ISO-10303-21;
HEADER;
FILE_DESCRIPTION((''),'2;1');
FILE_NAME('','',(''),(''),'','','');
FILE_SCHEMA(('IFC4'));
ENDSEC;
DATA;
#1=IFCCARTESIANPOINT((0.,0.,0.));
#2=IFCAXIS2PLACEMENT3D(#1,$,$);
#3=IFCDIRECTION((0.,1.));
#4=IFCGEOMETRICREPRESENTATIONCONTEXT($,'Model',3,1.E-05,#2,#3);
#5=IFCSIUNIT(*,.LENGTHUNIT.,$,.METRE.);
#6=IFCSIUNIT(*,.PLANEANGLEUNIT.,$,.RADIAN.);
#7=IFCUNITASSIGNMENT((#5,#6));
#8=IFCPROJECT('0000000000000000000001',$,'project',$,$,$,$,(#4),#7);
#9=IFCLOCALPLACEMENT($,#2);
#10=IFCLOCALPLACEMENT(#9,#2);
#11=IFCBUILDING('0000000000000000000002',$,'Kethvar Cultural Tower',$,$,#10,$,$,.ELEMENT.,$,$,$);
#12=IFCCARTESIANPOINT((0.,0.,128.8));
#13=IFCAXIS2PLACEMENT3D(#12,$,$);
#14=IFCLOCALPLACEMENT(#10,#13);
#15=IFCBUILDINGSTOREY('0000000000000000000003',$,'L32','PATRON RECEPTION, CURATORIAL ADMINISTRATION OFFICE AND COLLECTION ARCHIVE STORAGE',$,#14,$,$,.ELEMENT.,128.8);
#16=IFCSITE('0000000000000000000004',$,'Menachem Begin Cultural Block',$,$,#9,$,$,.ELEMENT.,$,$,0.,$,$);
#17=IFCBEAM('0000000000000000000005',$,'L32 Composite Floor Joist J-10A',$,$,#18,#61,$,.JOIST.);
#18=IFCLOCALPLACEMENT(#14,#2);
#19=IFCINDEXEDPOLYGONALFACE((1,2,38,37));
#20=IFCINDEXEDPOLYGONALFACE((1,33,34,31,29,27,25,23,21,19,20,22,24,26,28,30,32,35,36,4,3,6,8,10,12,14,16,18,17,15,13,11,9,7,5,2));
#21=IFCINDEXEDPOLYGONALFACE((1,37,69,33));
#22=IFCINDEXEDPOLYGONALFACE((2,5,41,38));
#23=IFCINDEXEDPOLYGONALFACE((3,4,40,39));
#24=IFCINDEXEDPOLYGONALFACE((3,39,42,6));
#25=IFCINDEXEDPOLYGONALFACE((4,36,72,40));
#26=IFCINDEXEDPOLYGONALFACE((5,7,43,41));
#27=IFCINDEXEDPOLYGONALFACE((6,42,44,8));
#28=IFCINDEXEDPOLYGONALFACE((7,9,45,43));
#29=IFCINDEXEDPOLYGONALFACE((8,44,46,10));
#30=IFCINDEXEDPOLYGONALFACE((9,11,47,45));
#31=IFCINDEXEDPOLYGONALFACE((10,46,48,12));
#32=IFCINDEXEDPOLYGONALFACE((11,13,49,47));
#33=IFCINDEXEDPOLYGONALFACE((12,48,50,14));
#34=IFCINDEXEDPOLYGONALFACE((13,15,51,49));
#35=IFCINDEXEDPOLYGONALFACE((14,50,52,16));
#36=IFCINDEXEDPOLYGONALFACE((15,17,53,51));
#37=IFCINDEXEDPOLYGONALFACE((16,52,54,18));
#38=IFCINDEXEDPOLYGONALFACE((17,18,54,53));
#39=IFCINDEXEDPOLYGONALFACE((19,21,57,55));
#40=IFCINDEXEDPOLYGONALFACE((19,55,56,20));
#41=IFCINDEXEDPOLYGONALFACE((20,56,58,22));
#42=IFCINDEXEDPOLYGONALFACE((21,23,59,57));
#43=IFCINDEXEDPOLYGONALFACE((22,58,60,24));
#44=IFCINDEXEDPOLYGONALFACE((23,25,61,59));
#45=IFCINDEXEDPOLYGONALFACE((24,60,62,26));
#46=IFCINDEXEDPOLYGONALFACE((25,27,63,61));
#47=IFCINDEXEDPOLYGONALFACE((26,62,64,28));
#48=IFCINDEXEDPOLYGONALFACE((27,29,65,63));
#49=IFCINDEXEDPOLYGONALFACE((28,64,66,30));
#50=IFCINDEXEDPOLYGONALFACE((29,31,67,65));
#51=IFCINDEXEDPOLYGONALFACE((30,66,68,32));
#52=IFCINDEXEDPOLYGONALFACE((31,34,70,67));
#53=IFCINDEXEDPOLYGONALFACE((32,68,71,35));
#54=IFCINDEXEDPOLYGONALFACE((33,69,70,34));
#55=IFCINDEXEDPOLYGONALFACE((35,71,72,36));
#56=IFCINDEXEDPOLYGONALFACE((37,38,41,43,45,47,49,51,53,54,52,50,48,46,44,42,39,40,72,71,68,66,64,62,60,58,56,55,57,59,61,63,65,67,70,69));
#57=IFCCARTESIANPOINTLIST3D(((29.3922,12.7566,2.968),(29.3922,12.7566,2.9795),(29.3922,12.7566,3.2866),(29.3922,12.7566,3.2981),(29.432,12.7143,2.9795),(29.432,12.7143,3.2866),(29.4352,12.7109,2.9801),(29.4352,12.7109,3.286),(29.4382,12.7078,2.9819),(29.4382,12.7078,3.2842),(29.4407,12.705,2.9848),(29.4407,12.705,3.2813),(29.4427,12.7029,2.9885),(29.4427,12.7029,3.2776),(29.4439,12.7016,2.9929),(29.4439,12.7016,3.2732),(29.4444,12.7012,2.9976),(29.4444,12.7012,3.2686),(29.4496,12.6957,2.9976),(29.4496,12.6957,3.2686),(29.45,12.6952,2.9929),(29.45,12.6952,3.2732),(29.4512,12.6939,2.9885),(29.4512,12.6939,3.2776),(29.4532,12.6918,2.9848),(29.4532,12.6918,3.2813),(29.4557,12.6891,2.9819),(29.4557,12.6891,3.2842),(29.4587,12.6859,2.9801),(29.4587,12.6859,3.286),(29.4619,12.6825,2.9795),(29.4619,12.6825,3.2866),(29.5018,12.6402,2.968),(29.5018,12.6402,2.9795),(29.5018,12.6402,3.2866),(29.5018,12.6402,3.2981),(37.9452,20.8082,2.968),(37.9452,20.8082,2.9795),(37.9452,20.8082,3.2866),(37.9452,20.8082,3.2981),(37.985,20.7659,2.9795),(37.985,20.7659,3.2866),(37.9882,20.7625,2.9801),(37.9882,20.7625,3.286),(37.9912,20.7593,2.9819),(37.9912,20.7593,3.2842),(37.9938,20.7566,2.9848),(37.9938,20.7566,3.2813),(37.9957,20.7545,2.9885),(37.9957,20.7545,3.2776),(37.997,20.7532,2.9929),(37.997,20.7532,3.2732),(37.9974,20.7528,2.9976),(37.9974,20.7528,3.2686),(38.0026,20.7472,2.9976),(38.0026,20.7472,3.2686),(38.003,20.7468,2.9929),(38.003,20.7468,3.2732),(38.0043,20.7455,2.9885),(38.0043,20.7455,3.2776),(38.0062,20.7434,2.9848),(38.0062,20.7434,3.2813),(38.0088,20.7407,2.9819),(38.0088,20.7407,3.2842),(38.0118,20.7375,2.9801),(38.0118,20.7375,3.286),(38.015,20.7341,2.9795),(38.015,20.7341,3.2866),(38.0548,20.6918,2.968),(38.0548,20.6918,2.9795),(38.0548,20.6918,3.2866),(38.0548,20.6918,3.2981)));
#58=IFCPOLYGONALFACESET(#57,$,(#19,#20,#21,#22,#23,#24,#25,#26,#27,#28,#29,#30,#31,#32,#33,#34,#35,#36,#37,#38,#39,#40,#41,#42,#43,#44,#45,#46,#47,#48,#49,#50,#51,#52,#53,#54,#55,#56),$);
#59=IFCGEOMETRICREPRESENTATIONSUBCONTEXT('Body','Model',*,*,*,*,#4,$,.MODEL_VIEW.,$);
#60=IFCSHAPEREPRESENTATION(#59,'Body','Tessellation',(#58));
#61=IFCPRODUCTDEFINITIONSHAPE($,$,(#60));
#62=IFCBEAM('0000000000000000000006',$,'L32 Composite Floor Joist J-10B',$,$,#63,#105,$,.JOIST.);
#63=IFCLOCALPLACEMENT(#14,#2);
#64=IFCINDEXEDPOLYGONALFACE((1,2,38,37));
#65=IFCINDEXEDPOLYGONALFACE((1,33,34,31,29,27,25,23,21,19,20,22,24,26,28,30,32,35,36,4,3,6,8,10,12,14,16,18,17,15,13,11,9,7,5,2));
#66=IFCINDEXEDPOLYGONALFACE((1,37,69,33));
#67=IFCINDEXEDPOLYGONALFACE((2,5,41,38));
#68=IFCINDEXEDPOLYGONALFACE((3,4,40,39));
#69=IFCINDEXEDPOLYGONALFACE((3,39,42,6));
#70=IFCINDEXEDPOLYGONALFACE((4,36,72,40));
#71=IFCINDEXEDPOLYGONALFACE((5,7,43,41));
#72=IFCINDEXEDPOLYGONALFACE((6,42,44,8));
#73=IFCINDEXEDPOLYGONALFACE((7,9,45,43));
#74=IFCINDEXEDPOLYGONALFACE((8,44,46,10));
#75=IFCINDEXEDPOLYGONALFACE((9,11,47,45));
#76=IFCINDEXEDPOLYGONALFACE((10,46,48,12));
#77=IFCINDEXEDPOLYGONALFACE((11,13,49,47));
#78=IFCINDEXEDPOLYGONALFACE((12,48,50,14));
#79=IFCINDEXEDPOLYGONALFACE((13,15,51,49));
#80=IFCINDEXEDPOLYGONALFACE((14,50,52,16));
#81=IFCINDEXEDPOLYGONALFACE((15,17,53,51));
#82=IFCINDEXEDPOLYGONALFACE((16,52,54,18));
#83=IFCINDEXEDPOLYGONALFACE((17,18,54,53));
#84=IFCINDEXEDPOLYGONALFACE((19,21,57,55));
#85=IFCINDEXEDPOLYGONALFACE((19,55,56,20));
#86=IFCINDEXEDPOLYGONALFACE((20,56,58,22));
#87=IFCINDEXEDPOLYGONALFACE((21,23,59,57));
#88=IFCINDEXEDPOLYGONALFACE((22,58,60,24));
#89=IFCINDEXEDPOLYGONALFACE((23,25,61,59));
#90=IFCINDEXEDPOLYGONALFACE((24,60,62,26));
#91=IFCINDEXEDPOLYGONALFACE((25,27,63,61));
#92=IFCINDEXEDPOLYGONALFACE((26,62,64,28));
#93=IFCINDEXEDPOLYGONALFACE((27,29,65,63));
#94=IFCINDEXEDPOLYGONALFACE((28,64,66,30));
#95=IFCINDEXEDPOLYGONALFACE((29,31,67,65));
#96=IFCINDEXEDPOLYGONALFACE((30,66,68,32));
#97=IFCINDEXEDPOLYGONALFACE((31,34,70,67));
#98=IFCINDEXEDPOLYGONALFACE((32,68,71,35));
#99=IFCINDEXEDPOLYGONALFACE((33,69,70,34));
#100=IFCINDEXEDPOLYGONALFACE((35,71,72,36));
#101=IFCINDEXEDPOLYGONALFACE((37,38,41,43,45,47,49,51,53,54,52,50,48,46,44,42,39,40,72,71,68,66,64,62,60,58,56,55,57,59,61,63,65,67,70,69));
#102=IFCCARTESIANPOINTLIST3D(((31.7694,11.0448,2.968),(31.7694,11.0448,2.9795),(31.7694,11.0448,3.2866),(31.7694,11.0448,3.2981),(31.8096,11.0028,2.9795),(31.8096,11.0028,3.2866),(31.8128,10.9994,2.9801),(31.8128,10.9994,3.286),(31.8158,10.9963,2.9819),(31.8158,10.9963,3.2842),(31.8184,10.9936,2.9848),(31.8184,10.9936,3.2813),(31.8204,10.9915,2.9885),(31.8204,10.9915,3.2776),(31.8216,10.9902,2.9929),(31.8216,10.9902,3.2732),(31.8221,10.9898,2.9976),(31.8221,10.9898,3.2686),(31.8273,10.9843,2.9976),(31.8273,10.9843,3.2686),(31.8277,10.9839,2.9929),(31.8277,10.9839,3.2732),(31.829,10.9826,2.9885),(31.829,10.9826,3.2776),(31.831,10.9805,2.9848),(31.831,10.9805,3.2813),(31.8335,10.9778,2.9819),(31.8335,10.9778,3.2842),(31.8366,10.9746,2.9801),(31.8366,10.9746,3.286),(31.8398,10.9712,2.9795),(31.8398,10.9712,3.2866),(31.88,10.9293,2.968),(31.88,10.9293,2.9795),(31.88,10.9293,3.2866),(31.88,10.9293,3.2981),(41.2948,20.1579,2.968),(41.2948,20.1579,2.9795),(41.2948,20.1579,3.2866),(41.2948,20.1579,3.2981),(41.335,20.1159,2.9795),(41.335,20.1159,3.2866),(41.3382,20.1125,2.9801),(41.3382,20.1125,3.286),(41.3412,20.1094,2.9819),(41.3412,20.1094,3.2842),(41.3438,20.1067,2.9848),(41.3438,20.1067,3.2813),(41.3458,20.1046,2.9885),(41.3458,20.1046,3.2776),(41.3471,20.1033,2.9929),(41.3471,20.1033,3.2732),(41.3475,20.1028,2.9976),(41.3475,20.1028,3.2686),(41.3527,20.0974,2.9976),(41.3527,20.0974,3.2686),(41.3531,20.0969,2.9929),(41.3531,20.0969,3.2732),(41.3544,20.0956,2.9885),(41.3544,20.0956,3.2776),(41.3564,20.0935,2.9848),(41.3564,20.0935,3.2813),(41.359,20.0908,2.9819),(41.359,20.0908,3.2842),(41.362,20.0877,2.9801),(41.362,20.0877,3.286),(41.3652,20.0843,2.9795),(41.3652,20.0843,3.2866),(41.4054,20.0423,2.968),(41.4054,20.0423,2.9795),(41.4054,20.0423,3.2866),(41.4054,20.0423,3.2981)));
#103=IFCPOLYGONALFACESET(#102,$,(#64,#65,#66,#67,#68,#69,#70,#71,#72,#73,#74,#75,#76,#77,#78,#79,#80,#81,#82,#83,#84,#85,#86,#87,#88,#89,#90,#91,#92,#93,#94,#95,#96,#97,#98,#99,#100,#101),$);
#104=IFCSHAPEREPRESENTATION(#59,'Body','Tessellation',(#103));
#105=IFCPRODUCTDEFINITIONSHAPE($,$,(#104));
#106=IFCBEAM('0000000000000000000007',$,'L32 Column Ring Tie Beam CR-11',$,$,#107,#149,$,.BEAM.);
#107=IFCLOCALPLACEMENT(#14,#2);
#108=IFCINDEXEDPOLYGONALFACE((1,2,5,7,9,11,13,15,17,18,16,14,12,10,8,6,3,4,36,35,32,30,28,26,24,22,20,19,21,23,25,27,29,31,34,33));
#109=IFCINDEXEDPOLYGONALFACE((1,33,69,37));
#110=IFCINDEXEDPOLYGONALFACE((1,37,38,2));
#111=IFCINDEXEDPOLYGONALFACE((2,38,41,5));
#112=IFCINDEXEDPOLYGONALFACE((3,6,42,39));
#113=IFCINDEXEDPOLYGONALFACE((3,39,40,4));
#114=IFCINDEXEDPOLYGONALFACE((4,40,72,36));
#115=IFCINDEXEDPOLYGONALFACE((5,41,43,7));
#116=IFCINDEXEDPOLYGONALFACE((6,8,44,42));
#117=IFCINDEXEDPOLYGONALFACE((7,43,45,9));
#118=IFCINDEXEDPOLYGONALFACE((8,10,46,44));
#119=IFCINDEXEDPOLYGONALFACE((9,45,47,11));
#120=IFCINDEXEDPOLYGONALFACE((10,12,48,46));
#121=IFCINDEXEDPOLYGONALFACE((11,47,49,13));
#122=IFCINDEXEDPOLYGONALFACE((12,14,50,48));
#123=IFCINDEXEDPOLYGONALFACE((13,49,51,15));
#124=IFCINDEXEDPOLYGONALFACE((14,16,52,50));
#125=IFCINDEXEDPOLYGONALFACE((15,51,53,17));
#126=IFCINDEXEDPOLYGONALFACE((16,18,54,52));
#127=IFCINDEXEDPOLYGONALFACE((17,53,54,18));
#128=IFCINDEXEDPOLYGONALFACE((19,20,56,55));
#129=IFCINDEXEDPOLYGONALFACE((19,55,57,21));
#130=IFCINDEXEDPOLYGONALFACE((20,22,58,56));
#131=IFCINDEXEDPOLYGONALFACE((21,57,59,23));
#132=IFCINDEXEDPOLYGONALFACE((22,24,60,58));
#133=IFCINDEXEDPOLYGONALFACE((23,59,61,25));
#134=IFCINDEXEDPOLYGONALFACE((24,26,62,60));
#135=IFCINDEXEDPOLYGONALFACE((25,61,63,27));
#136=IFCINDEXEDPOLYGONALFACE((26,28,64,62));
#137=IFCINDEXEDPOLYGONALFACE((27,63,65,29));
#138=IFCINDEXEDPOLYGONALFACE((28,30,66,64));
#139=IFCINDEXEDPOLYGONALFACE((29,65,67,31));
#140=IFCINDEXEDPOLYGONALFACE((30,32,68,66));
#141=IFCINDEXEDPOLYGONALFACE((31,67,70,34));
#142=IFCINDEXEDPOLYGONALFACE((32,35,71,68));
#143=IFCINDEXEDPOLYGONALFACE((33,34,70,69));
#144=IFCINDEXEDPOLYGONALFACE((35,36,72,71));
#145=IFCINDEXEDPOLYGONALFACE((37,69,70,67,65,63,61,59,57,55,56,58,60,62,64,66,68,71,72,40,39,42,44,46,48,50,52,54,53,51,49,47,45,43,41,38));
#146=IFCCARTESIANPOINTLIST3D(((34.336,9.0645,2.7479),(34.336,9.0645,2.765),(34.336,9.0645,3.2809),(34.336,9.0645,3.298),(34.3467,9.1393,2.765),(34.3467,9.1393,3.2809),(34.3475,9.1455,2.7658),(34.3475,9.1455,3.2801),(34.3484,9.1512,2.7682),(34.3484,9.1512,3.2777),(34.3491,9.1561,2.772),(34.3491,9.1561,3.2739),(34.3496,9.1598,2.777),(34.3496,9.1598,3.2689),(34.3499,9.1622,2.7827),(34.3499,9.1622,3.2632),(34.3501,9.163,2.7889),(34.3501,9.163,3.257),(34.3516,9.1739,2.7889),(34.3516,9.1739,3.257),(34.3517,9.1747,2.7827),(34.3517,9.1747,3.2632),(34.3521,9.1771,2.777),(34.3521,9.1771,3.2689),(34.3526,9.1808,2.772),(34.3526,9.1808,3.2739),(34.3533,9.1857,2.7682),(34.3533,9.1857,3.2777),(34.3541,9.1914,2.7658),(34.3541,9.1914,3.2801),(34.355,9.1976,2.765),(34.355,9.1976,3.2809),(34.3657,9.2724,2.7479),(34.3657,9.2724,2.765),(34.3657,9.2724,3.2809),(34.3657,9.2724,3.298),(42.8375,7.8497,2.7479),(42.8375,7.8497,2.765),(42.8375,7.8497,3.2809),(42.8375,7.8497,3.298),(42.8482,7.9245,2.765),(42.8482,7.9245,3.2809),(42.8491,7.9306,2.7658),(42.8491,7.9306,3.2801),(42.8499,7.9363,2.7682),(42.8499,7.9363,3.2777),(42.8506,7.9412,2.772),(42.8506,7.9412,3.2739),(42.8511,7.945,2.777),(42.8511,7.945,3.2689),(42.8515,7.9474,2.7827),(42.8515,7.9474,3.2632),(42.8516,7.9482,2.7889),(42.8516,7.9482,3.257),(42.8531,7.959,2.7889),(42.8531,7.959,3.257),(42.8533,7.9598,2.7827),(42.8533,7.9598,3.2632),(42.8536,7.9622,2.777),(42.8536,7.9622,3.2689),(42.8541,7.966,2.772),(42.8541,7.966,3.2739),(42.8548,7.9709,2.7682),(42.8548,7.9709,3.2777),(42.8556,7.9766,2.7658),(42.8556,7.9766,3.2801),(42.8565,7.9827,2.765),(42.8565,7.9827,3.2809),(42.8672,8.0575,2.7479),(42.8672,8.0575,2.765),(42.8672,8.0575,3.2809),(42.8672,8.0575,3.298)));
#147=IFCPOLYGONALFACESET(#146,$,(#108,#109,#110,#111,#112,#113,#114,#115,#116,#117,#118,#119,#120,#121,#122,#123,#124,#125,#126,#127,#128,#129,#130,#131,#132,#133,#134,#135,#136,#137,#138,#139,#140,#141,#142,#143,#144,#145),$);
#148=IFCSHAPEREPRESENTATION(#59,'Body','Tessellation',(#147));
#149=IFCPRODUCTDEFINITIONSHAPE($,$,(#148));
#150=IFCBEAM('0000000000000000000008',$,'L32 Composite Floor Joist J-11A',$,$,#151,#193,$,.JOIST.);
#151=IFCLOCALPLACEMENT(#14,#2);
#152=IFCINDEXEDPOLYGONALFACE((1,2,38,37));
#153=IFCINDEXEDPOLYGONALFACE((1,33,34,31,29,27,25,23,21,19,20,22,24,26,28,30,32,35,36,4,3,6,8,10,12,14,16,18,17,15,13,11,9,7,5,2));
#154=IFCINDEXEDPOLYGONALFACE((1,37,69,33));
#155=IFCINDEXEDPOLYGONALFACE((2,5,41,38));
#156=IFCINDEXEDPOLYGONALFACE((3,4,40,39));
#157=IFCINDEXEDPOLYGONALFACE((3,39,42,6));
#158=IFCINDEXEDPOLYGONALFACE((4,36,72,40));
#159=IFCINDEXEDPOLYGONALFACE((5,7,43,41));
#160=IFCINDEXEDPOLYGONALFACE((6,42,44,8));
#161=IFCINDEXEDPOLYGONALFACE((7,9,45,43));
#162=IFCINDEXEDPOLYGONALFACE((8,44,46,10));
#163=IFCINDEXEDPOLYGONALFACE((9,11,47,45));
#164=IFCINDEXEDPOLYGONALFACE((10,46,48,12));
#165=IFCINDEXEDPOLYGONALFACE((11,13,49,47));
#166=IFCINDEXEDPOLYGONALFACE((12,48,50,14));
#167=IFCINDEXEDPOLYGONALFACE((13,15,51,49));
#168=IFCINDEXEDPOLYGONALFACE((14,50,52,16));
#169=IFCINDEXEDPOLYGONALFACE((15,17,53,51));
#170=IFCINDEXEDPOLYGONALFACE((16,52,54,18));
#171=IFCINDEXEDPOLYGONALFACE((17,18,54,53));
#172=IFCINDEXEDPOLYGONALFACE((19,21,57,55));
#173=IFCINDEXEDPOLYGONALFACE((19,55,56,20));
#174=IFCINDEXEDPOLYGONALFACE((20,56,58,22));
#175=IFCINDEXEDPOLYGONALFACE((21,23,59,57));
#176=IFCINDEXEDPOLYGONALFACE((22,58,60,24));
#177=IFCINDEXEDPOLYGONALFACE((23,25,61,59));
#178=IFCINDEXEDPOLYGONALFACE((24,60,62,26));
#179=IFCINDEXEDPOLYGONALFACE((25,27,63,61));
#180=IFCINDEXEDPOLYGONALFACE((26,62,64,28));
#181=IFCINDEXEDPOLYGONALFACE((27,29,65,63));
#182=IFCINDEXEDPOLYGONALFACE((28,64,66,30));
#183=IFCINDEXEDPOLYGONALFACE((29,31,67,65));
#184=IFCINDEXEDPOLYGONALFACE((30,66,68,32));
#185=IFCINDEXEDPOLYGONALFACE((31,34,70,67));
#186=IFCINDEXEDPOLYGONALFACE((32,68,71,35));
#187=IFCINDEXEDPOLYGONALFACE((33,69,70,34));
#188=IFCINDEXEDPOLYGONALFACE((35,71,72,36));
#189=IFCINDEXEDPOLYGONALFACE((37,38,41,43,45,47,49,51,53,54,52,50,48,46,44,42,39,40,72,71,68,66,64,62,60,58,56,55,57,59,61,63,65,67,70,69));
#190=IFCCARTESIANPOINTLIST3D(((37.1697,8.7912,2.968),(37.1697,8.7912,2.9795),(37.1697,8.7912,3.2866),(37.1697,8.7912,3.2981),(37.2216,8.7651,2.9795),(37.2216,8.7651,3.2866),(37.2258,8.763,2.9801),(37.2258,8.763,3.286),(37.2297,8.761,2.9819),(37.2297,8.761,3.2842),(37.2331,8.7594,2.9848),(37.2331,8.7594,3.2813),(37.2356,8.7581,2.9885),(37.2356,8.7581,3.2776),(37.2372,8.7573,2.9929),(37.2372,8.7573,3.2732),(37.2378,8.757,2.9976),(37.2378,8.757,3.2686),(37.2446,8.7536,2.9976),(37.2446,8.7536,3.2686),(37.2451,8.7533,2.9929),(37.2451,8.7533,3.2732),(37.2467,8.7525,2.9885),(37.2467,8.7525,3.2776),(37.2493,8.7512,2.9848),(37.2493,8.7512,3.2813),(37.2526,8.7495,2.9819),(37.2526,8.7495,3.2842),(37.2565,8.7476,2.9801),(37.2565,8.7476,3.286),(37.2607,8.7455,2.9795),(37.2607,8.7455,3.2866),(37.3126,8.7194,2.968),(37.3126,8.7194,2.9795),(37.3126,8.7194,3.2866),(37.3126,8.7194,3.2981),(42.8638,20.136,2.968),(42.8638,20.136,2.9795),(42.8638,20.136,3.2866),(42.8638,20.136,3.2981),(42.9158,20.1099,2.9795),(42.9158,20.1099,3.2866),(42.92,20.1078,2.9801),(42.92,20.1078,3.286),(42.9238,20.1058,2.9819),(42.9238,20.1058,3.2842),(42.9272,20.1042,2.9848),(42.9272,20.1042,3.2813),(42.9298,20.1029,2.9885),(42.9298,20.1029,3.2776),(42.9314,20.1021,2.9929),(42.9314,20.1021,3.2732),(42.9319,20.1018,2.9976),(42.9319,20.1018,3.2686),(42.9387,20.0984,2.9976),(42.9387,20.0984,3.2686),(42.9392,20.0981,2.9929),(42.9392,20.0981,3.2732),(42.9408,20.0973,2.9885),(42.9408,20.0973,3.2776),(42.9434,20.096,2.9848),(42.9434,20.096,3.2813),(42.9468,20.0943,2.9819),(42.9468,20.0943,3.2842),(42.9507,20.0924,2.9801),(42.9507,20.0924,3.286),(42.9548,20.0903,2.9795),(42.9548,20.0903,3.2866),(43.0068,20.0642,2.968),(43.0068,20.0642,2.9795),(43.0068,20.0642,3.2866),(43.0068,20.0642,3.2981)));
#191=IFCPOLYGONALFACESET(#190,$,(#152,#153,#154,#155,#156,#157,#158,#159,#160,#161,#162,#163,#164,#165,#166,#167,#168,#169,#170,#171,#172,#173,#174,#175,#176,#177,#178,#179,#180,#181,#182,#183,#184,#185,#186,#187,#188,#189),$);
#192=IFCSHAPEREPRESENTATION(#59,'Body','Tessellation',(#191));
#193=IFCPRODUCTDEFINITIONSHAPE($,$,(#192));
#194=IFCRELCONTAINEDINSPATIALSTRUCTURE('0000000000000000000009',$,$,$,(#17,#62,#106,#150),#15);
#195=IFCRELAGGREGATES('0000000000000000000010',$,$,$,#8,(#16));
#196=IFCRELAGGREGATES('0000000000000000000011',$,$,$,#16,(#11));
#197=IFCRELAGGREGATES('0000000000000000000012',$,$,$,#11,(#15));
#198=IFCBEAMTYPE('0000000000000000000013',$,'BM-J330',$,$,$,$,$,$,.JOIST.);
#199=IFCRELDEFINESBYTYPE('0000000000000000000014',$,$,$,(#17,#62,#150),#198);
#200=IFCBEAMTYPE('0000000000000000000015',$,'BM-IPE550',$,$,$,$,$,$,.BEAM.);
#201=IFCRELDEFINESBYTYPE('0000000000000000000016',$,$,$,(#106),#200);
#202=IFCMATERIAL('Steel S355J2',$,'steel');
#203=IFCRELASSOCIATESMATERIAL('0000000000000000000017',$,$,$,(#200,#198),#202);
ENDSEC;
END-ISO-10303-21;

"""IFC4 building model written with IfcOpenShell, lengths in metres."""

from ifc_helpers import new_model, si_unit, direction, frame, origin, origin_2d, place, context, subcontext, project, spatial, i_section, extrude, source, transform, mapped, material, material_profile, profile_set, type_object, element, save


model = new_model("IFC4")

# Units and contexts
model_context = context("Model", 3, precision=1e-05, world=origin(), true_north=direction((0.0, 1.0)))
body_context = subcontext(model_context, "Body", "Model", "MODEL_VIEW")
ifc_project = project(units=[si_unit("LENGTHUNIT", "METRE"), si_unit("PLANEANGLEUNIT", "RADIAN")], contexts=[model_context])

# Site, building, storey
site_placement = place(None, origin())
site = spatial("IfcSite", under=ifc_project, at=site_placement, Name="Menachem Begin Cultural Block", CompositionType="ELEMENT", RefElevation=0.0)
building_placement = place(site_placement, origin())
building = spatial("IfcBuilding", under=site, at=building_placement, Name="Kethvar Cultural Tower", CompositionType="ELEMENT")
storey_placement = place(building_placement, frame((0.0, 0.0, 128.8)))
storey = spatial("IfcBuildingStorey", under=building, at=storey_placement, Name="L32", Description="PATRON RECEPTION, CURATORIAL ADMINISTRATION OFFICE AND COLLECTION ARCHIVE STORAGE", CompositionType="ELEMENT", Elevation=128.8)

# Beams
ifc_material_1 = material(Name="Steel S355J2", Category="steel")
ifc_material_profile_1 = material_profile(ifc_material_1, i_section(OverallWidth=0.21, OverallDepth=0.55, WebThickness=0.011, FlangeThickness=0.0171, FilletRadius=0.0239, at=origin_2d()), Name="Steel S355J2 — IPE550")
ifc_profile_set_1 = profile_set([ifc_material_profile_1], Name="Steel S355J2 — IPE550")
beam_type_1 = type_object("IfcBeamType", Name="BM-IPE550", PredefinedType="BEAM", material=ifc_profile_set_1)
ifc_material_profile_2 = material_profile(ifc_material_1, i_section(OverallWidth=0.1599, OverallDepth=0.3301, WebThickness=0.0076, FlangeThickness=0.0115, FilletRadius=0.0181, at=origin_2d()), Name="Steel S355J2 — IPE330")
ifc_profile_set_2 = profile_set([ifc_material_profile_2], Name="Steel S355J2 — IPE330")
beam_type_2 = type_object("IfcBeamType", Name="BM-J330", PredefinedType="JOIST", material=ifc_profile_set_2)
shared_shape_1 = source(origin(), body_context, "Body", "SweptSolid", [
    extrude(i_section(OverallWidth=0.1599, OverallDepth=0.3301, WebThickness=0.0076, FlangeThickness=0.0115, FilletRadius=0.0181, at=origin_2d()), origin(), (0.0, 0.0, 1.0), 11.7466),
])
beam_1_placement = place(storey_placement, frame((38.0, 20.75, 3.1331), z_axis=(-0.72813, -0.685439, 0.0), x_axis=(0.685439, -0.72813, 0.0)))
element("IfcBeam", 1, at=beam_1_placement, inside=storey, type_object=beam_type_2, Name="L32 Composite Floor Joist J-10A", PredefinedType="JOIST", context=body_context, shape_type="MappedRepresentation", body=[
    mapped(shared_shape_1, transform((0.0, 0.0, 0.0), scale=1.0)),
])
shared_shape_2 = source(origin(), body_context, "Body", "SweptSolid", [
    extrude(i_section(OverallWidth=0.1599, OverallDepth=0.3301, WebThickness=0.0076, FlangeThickness=0.0115, FilletRadius=0.0181, at=origin_2d()), origin(), (0.0, 0.0, 1.0), 13.1826),
])
beam_2_placement = place(storey_placement, frame((41.3501, 20.1001, 3.1331), z_axis=(-0.722574, -0.691294, 0.0), x_axis=(0.691294, -0.722574, 0.0)))
element("IfcBeam", 2, at=beam_2_placement, inside=storey, type_object=beam_type_2, Name="L32 Composite Floor Joist J-10B", PredefinedType="JOIST", context=body_context, shape_type="MappedRepresentation", body=[
    mapped(shared_shape_2, transform((0.0, 0.0, 0.0), scale=1.0)),
])
shared_shape_3 = source(origin(), body_context, "Body", "SweptSolid", [
    extrude(i_section(OverallWidth=0.21, OverallDepth=0.55, WebThickness=0.011, FlangeThickness=0.0171, FilletRadius=0.0239, at=origin_2d()), origin(), (0.0, 0.0, 1.0), 8.5879),
])
beam_3_placement = place(storey_placement, frame((34.3508, 9.1685, 3.0229), z_axis=(0.989944, -0.141461, 0.0), x_axis=(0.141461, 0.989944, 0.0)))
element("IfcBeam", 3, at=beam_3_placement, inside=storey, type_object=beam_type_1, Name="L32 Column Ring Tie Beam CR-11", PredefinedType="BEAM", context=body_context, shape_type="MappedRepresentation", body=[
    mapped(shared_shape_3, transform((0.0, 0.0, 0.0), scale=1.0)),
])
shared_shape_4 = source(origin(), body_context, "Body", "SweptSolid", [
    extrude(i_section(OverallWidth=0.1599, OverallDepth=0.3301, WebThickness=0.0076, FlangeThickness=0.0115, FilletRadius=0.0181, at=origin_2d()), origin(), (0.0, 0.0, 1.0), 12.6936),
])
beam_4_placement = place(storey_placement, frame((42.9353, 20.1001, 3.1331), z_axis=(-0.448582, -0.893741, 0.0), x_axis=(0.893741, -0.448582, 0.0)))
element("IfcBeam", 4, at=beam_4_placement, inside=storey, type_object=beam_type_2, Name="L32 Composite Floor Joist J-11A", PredefinedType="JOIST", context=body_context, shape_type="MappedRepresentation", body=[
    mapped(shared_shape_4, transform((0.0, 0.0, 0.0), scale=1.0)),
])

save(model, "model.ifc")
